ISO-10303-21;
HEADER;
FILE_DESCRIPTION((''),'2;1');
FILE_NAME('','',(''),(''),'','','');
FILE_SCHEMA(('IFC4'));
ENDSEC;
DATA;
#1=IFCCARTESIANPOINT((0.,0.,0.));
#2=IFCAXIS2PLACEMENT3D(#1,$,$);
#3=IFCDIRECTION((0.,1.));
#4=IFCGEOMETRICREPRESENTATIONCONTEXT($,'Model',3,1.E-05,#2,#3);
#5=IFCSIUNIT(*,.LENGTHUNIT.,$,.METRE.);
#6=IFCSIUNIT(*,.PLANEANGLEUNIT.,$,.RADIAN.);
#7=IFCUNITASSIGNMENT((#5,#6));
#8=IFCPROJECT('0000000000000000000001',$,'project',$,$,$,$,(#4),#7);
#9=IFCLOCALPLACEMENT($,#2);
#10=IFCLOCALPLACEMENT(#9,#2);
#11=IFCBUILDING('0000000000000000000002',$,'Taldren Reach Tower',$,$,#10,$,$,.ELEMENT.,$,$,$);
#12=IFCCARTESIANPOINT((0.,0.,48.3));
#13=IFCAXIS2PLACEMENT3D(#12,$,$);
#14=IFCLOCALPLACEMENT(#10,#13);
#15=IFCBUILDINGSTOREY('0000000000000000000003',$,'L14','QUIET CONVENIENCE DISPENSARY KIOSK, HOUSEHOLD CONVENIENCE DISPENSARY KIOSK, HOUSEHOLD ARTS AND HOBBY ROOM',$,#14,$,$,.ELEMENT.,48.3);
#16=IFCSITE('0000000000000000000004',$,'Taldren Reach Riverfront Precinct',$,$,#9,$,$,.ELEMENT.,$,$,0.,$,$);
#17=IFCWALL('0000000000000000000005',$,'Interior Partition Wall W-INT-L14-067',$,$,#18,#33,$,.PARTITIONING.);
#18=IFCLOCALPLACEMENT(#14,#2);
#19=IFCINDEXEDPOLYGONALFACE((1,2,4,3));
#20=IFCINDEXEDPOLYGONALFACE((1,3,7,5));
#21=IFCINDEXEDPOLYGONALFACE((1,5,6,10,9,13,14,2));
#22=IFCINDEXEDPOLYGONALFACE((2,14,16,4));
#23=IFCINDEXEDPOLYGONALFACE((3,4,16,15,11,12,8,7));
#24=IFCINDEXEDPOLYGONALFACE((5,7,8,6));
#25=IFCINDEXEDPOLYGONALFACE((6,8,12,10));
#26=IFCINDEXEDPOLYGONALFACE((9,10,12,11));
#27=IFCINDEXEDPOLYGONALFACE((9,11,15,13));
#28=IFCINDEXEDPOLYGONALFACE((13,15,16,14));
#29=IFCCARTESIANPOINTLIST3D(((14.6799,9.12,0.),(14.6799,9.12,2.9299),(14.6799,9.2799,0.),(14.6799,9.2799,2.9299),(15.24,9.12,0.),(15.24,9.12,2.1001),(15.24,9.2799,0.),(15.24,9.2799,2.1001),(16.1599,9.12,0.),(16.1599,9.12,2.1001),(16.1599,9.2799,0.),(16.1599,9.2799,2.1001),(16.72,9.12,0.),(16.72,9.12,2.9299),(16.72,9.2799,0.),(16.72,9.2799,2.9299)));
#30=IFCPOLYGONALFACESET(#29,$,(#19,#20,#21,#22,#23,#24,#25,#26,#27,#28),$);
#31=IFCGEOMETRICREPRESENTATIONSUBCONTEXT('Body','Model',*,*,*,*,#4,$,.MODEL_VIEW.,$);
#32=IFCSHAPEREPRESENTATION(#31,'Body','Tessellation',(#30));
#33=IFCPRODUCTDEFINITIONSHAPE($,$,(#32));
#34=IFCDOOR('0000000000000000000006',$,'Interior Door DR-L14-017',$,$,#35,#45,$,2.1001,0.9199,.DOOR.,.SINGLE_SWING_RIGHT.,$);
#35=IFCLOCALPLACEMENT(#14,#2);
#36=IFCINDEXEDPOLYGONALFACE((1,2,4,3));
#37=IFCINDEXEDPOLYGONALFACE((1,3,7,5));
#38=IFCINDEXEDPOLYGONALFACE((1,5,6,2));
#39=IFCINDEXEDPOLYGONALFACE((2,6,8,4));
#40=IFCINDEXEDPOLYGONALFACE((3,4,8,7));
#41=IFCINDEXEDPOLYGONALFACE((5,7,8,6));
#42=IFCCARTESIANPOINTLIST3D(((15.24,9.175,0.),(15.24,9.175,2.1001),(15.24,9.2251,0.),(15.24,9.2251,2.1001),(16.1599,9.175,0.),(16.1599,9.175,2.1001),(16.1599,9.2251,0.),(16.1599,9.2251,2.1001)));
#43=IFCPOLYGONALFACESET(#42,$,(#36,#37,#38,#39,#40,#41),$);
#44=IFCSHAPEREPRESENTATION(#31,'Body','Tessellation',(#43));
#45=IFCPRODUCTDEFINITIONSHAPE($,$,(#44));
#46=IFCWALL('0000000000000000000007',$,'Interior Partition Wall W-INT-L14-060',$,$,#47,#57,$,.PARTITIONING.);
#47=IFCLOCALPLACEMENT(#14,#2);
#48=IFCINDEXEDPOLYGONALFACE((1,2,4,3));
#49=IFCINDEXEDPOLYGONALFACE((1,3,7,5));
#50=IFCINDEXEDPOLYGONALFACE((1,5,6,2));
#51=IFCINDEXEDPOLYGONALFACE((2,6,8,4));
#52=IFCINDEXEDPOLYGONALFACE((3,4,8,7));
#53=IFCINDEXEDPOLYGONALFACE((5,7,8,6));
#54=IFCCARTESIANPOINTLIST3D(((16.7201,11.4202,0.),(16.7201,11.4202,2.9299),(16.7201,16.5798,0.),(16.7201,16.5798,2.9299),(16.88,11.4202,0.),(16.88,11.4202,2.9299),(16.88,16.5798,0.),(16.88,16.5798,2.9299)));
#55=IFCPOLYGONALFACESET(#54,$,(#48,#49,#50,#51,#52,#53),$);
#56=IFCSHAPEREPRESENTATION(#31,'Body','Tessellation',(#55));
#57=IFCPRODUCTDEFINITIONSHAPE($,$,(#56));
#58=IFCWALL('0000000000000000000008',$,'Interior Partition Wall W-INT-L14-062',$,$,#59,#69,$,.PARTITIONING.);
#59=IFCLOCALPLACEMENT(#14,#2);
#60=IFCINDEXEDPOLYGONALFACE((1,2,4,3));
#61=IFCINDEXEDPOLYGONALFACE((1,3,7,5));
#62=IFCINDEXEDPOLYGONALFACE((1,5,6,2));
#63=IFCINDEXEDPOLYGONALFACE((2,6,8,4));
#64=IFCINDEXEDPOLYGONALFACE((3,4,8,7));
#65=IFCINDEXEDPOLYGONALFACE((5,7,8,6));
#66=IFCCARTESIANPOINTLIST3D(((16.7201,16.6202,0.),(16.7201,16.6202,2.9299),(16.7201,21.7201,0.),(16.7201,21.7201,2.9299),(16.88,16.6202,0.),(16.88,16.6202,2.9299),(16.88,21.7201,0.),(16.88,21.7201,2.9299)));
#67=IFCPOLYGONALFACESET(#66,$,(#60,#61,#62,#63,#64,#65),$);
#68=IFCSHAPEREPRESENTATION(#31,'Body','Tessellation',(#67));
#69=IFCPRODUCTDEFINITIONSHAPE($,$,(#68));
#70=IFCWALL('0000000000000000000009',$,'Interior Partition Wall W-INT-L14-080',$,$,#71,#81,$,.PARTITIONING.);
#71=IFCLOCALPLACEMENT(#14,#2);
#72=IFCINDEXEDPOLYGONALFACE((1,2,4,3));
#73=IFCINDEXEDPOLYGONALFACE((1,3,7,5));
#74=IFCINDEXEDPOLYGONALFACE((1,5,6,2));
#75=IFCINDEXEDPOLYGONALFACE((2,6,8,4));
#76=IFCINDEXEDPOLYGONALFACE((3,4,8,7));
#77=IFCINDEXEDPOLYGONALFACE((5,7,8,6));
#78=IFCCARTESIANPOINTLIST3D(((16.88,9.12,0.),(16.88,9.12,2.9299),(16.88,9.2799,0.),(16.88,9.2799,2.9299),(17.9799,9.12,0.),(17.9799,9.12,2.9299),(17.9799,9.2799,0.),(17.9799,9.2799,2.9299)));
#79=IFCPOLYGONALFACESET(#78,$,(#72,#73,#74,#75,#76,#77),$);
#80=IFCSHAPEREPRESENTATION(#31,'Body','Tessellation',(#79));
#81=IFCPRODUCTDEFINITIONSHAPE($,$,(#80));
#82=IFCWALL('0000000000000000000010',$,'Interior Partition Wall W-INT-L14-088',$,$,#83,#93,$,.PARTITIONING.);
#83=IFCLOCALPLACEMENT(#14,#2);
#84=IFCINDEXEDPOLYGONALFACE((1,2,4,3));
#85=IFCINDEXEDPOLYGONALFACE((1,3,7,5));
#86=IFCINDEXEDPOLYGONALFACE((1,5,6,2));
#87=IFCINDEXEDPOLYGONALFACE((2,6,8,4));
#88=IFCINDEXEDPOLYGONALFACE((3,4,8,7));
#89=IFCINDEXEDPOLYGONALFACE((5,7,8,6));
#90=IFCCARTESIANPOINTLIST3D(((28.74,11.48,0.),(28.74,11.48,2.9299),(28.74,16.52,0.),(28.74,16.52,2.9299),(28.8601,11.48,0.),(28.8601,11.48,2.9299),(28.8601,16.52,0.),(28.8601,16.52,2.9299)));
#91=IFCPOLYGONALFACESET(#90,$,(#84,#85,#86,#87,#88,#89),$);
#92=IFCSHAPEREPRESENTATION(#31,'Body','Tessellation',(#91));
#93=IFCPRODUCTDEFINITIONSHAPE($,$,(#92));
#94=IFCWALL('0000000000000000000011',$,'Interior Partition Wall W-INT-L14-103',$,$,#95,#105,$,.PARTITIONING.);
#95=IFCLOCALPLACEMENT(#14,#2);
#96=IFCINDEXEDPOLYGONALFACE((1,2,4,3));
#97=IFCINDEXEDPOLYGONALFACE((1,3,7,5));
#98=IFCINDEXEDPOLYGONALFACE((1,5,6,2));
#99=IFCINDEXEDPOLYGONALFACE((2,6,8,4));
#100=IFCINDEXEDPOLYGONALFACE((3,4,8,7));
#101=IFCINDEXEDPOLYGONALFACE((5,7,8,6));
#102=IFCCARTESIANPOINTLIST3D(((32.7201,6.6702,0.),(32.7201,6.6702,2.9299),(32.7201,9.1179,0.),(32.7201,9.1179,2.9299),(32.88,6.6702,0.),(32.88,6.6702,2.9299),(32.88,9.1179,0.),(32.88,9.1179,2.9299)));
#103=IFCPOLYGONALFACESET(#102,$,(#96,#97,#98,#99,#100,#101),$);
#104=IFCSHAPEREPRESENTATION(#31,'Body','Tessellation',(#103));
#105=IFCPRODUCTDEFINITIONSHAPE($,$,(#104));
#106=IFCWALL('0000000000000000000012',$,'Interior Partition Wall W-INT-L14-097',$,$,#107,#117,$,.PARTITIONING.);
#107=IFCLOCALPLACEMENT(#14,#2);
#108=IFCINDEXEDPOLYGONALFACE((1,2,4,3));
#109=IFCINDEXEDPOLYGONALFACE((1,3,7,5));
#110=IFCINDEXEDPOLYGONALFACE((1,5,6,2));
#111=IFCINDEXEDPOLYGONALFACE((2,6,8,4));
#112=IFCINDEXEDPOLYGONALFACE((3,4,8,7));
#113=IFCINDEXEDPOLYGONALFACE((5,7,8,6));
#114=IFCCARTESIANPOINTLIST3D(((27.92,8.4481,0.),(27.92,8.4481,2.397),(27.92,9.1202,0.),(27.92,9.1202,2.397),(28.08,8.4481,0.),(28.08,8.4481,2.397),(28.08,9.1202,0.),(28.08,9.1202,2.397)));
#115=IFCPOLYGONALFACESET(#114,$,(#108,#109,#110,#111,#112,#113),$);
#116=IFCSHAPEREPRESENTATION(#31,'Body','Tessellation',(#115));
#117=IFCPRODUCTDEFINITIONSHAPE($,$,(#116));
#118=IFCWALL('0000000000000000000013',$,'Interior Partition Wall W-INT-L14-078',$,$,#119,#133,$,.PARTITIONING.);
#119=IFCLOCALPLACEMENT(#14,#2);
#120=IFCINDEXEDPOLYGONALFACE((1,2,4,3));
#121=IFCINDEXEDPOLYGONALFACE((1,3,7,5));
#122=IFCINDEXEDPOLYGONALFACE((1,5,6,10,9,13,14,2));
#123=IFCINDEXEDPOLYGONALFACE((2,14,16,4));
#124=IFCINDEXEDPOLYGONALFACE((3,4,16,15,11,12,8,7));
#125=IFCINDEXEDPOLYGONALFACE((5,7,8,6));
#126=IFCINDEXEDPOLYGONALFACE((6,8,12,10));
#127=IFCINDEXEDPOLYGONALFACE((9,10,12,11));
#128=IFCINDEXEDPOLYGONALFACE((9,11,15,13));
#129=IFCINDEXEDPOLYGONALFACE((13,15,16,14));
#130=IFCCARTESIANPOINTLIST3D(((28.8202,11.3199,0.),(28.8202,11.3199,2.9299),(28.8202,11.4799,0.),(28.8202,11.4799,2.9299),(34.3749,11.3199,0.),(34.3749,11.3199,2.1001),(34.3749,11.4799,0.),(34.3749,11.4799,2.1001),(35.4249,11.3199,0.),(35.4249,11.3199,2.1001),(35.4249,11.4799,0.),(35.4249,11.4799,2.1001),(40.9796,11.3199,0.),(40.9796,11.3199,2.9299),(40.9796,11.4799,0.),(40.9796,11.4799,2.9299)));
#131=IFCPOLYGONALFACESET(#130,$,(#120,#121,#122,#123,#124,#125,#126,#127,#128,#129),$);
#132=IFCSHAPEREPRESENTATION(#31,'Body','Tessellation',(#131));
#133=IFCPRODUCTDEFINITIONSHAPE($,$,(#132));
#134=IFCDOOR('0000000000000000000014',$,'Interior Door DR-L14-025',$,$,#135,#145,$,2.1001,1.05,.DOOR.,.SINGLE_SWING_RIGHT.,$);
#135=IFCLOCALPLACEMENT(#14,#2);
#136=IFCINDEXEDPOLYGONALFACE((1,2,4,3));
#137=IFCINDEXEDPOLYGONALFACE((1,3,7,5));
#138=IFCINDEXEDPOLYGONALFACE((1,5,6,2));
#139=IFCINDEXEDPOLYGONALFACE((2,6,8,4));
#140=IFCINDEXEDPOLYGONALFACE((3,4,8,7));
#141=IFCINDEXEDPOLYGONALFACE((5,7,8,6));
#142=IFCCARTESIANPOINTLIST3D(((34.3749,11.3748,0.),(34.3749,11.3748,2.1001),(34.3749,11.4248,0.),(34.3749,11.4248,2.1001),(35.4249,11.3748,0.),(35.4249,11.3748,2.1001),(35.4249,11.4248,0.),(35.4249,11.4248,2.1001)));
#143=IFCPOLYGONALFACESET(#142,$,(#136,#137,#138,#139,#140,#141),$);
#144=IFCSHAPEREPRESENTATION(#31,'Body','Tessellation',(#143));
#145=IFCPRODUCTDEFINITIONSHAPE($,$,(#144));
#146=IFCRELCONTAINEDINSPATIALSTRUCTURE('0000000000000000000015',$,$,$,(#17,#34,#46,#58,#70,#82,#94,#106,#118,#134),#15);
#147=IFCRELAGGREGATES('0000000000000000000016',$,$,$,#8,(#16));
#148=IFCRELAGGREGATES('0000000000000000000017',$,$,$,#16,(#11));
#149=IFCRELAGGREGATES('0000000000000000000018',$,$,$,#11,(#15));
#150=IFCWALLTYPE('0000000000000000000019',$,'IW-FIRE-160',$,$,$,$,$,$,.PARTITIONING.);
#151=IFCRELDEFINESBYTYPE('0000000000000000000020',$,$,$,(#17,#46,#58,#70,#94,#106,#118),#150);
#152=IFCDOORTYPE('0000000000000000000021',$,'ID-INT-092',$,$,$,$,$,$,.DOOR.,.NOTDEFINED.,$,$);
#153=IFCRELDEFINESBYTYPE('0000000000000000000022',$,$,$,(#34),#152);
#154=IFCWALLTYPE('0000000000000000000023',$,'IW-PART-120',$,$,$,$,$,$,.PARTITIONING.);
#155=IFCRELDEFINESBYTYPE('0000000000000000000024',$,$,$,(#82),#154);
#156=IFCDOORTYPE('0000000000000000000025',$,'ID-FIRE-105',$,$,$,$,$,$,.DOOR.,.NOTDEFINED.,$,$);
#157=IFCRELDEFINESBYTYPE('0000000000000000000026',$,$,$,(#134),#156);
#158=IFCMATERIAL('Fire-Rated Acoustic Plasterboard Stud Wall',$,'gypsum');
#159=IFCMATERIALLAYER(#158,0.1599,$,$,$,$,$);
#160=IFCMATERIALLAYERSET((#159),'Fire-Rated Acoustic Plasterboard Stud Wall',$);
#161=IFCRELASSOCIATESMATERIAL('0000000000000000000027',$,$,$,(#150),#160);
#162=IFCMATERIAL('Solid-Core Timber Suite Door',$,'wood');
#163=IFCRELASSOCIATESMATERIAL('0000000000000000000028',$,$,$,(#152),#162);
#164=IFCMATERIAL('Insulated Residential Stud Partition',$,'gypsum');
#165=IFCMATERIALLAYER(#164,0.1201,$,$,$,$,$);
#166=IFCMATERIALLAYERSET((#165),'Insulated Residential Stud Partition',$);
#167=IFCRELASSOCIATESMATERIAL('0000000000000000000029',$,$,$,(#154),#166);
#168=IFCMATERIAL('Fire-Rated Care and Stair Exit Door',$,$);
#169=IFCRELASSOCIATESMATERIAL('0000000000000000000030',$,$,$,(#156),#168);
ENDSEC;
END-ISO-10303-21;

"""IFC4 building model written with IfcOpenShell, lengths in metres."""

from ifc_helpers import new_model, si_unit, direction, frame, frame_2d, origin, place, context, subcontext, project, spatial, rectangle, extrude, source, transform, mapped, material, layer, layer_set, type_object, element, fill, save


model = new_model("IFC4")

# Units and contexts
model_context = context("Model", 3, precision=1e-05, world=origin(), true_north=direction((0.0, 1.0)))
body_context = subcontext(model_context, "Body", "Model", "MODEL_VIEW")
ifc_project = project(units=[si_unit("LENGTHUNIT", "METRE"), si_unit("PLANEANGLEUNIT", "RADIAN")], contexts=[model_context])

# Site, building, storey
site_placement = place(None, origin())
site = spatial("IfcSite", under=ifc_project, at=site_placement, Name="Taldren Reach Riverfront Precinct", CompositionType="ELEMENT", RefElevation=0.0)
building_placement = place(site_placement, origin())
building = spatial("IfcBuilding", under=site, at=building_placement, Name="Taldren Reach Tower", CompositionType="ELEMENT")
storey_placement = place(building_placement, frame((0.0, 0.0, 48.3)))
storey = spatial("IfcBuildingStorey", under=building, at=storey_placement, Name="L14", Description="QUIET CONVENIENCE DISPENSARY KIOSK, HOUSEHOLD CONVENIENCE DISPENSARY KIOSK, HOUSEHOLD ARTS AND HOBBY ROOM", CompositionType="ELEMENT", Elevation=48.3)

# Wall, opening, door
ifc_material_1 = material(Name="Fire-Rated Acoustic Plasterboard Stud Wall", Category="gypsum")
ifc_layer_1 = layer(ifc_material_1, 0.1599)
ifc_layer_set_1 = layer_set([ifc_layer_1], Name="Fire-Rated Acoustic Plasterboard Stud Wall")
wall_type_1 = type_object("IfcWallType", Name="IW-FIRE-160", PredefinedType="PARTITIONING", material=ifc_layer_set_1)
shared_shape_1 = source(origin(), body_context, "Body", "SweptSolid", [
    extrude(rectangle(XDim=2.04, YDim=0.1599, at=frame_2d((1.02, 0.0))), origin(), (0.0, 0.0, 1.0), 2.9299),
])
wall_1_placement = place(storey_placement, frame((16.72, 9.2, 0.0), z_axis=(0.0, 0.0, 1.0), x_axis=(-1.0, 0.0, 0.0)))
wall_1 = element("IfcWall", 1, at=wall_1_placement, inside=storey, type_object=wall_type_1, Name="Interior Partition Wall W-INT-L14-067", PredefinedType="PARTITIONING", context=body_context, shape_type="MappedRepresentation", body=[
    mapped(shared_shape_1, transform((0.0, 0.0, 0.0), scale=1.0)),
])
shared_shape_2 = source(origin(), body_context, "Body", "SweptSolid", [
    extrude(rectangle(XDim=0.9199, YDim=2.1001, at=frame_2d((0.46, 1.05))), frame((0.0, 0.0898, 0.0), z_axis=(0.0, -1.0, 0.0), x_axis=(1.0, 0.0, 0.0)), (0.0, 0.0, 1.0), 0.1799),
])
opening_1_placement = place(wall_1_placement, frame((0.5601, 0.0, 0.0)))
opening_1 = element("IfcOpeningElement", 2, at=opening_1_placement, cuts=wall_1, PredefinedType="OPENING", context=body_context, shape_type="MappedRepresentation", body=[
    mapped(shared_shape_2, transform((0.0, 0.0, 0.0), scale=1.0)),
])
ifc_material_2 = material(Name="Solid-Core Timber Suite Door", Category="wood")
door_type_1 = type_object("IfcDoorType", Name="ID-INT-092", OperationType="NOTDEFINED", PredefinedType="DOOR", material=ifc_material_2)
shared_shape_3 = source(origin(), body_context, "Body", "SweptSolid", [
    extrude(rectangle(XDim=0.9199, YDim=2.1001, at=frame_2d((0.46, 1.05))), frame((0.0, 0.0249, 0.0), z_axis=(0.0, -1.0, 0.0), x_axis=(1.0, 0.0, 0.0)), (0.0, 0.0, 1.0), 0.05),
])
door_1_placement = place(opening_1_placement, origin())
door_1 = element("IfcDoor", 3, at=door_1_placement, inside=storey, type_object=door_type_1, Name="Interior Door DR-L14-017", OperationType="SINGLE_SWING_RIGHT", OverallHeight=2.1001, OverallWidth=0.9199, PredefinedType="DOOR", context=body_context, shape_type="MappedRepresentation", body=[
    mapped(shared_shape_3, transform((0.0, 0.0, 0.0), scale=1.0)),
])
fill(opening_1, door_1)

# Walls
shared_shape_4 = source(origin(), body_context, "Body", "SweptSolid", [
    extrude(rectangle(XDim=5.1597, YDim=0.1599, at=frame_2d((2.5798, 0.0))), origin(), (0.0, 0.0, 1.0), 2.9299),
])
wall_2_placement = place(storey_placement, frame((16.8, 16.5798, 0.0), z_axis=(0.0, 0.0, 1.0), x_axis=(0.0, -1.0, 0.0)))
element("IfcWall", 4, at=wall_2_placement, inside=storey, type_object=wall_type_1, Name="Interior Partition Wall W-INT-L14-060", PredefinedType="PARTITIONING", context=body_context, shape_type="MappedRepresentation", body=[
    mapped(shared_shape_4, transform((0.0, 0.0, 0.0), scale=1.0)),
])
shared_shape_5 = source(origin(), body_context, "Body", "SweptSolid", [
    extrude(rectangle(XDim=5.0999, YDim=0.1599, at=frame_2d((2.5498, 0.0))), origin(), (0.0, 0.0, 1.0), 2.9299),
])
wall_3_placement = place(storey_placement, frame((16.8, 21.72, 0.0), z_axis=(0.0, 0.0, 1.0), x_axis=(0.0, -1.0, 0.0)))
element("IfcWall", 5, at=wall_3_placement, inside=storey, type_object=wall_type_1, Name="Interior Partition Wall W-INT-L14-062", PredefinedType="PARTITIONING", context=body_context, shape_type="MappedRepresentation", body=[
    mapped(shared_shape_5, transform((0.0, 0.0, 0.0), scale=1.0)),
])
shared_shape_6 = source(origin(), body_context, "Body", "SweptSolid", [
    extrude(rectangle(XDim=1.0999, YDim=0.1599, at=frame_2d((0.5498, 0.0))), origin(), (0.0, 0.0, 1.0), 2.9299),
])
wall_4_placement = place(storey_placement, frame((17.9797, 9.2, 0.0), z_axis=(0.0, 0.0, 1.0), x_axis=(-1.0, 0.0, 0.0)))
element("IfcWall", 6, at=wall_4_placement, inside=storey, type_object=wall_type_1, Name="Interior Partition Wall W-INT-L14-080", PredefinedType="PARTITIONING", context=body_context, shape_type="MappedRepresentation", body=[
    mapped(shared_shape_6, transform((0.0, 0.0, 0.0), scale=1.0)),
])
ifc_material_3 = material(Name="Insulated Residential Stud Partition", Category="gypsum")
ifc_layer_2 = layer(ifc_material_3, 0.1201)
ifc_layer_set_2 = layer_set([ifc_layer_2], Name="Insulated Residential Stud Partition")
wall_type_2 = type_object("IfcWallType", Name="IW-PART-120", PredefinedType="PARTITIONING", material=ifc_layer_set_2)
shared_shape_7 = source(origin(), body_context, "Body", "SweptSolid", [
    extrude(rectangle(XDim=5.04, YDim=0.1201, at=frame_2d((2.52, 0.0))), origin(), (0.0, 0.0, 1.0), 2.9299),
])
wall_5_placement = place(storey_placement, frame((28.8, 16.52, 0.0), z_axis=(0.0, 0.0, 1.0), x_axis=(0.0, -1.0, 0.0)))
element("IfcWall", 7, at=wall_5_placement, inside=storey, type_object=wall_type_2, Name="Interior Partition Wall W-INT-L14-088", PredefinedType="PARTITIONING", context=body_context, shape_type="MappedRepresentation", body=[
    mapped(shared_shape_7, transform((0.0, 0.0, 0.0), scale=1.0)),
])
shared_shape_8 = source(origin(), body_context, "Body", "SweptSolid", [
    extrude(rectangle(XDim=2.4478, YDim=0.1599, at=frame_2d((1.2239, 0.0))), origin(), (0.0, 0.0, 1.0), 2.9299),
])
wall_6_placement = place(storey_placement, frame((32.8, 9.1179, 0.0), z_axis=(0.0, 0.0, 1.0), x_axis=(0.0, -1.0, 0.0)))
element("IfcWall", 8, at=wall_6_placement, inside=storey, type_object=wall_type_1, Name="Interior Partition Wall W-INT-L14-103", PredefinedType="PARTITIONING", context=body_context, shape_type="MappedRepresentation", body=[
    mapped(shared_shape_8, transform((0.0, 0.0, 0.0), scale=1.0)),
])
shared_shape_9 = source(origin(), body_context, "Body", "SweptSolid", [
    extrude(rectangle(XDim=0.6721, YDim=0.1599, at=frame_2d((0.3359, 0.0))), origin(), (0.0, 0.0, 1.0), 2.397),
])
wall_7_placement = place(storey_placement, frame((28.0, 9.1201, 0.0), z_axis=(0.0, 0.0, 1.0), x_axis=(0.0, -1.0, 0.0)))
element("IfcWall", 9, at=wall_7_placement, inside=storey, type_object=wall_type_1, Name="Interior Partition Wall W-INT-L14-097", PredefinedType="PARTITIONING", context=body_context, shape_type="MappedRepresentation", body=[
    mapped(shared_shape_9, transform((0.0, 0.0, 0.0), scale=1.0)),
])

# Wall, opening, door
shared_shape_10 = source(origin(), body_context, "Body", "SweptSolid", [
    extrude(rectangle(XDim=12.1594, YDim=0.1599, at=frame_2d((6.0796, 0.0))), origin(), (0.0, 0.0, 1.0), 2.9299),
])
wall_8_placement = place(storey_placement, frame((28.8203, 11.3999, 0.0), z_axis=(0.0, 0.0, 1.0), x_axis=(1.0, 0.0, 0.0)))
wall_8 = element("IfcWall", 10, at=wall_8_placement, inside=storey, type_object=wall_type_1, Name="Interior Partition Wall W-INT-L14-078", PredefinedType="PARTITIONING", context=body_context, shape_type="MappedRepresentation", body=[
    mapped(shared_shape_10, transform((0.0, 0.0, 0.0), scale=1.0)),
])
shared_shape_11 = source(origin(), body_context, "Body", "SweptSolid", [
    extrude(rectangle(XDim=1.05, YDim=2.1001, at=frame_2d((0.5249, 1.05))), frame((0.0, 0.0898, 0.0), z_axis=(0.0, -1.0, 0.0), x_axis=(1.0, 0.0, 0.0)), (0.0, 0.0, 1.0), 0.1799),
])
opening_2_placement = place(wall_8_placement, frame((5.5547, 0.0, 0.0)))
opening_2 = element("IfcOpeningElement", 11, at=opening_2_placement, cuts=wall_8, PredefinedType="OPENING", context=body_context, shape_type="MappedRepresentation", body=[
    mapped(shared_shape_11, transform((0.0, 0.0, 0.0), scale=1.0)),
])
ifc_material_4 = material(Name="Fire-Rated Care and Stair Exit Door")
door_type_2 = type_object("IfcDoorType", Name="ID-FIRE-105", OperationType="NOTDEFINED", PredefinedType="DOOR", material=ifc_material_4)
shared_shape_12 = source(origin(), body_context, "Body", "SweptSolid", [
    extrude(rectangle(XDim=1.05, YDim=2.1001, at=frame_2d((0.5249, 1.05))), frame((0.0, 0.0249, 0.0), z_axis=(0.0, -1.0, 0.0), x_axis=(1.0, 0.0, 0.0)), (0.0, 0.0, 1.0), 0.05),
])
door_2_placement = place(opening_2_placement, origin())
door_2 = element("IfcDoor", 12, at=door_2_placement, inside=storey, type_object=door_type_2, Name="Interior Door DR-L14-025", OperationType="SINGLE_SWING_RIGHT", OverallHeight=2.1001, OverallWidth=1.05, PredefinedType="DOOR", context=body_context, shape_type="MappedRepresentation", body=[
    mapped(shared_shape_12, transform((0.0, 0.0, 0.0), scale=1.0)),
])
fill(opening_2, door_2)

save(model, "model.ifc")
